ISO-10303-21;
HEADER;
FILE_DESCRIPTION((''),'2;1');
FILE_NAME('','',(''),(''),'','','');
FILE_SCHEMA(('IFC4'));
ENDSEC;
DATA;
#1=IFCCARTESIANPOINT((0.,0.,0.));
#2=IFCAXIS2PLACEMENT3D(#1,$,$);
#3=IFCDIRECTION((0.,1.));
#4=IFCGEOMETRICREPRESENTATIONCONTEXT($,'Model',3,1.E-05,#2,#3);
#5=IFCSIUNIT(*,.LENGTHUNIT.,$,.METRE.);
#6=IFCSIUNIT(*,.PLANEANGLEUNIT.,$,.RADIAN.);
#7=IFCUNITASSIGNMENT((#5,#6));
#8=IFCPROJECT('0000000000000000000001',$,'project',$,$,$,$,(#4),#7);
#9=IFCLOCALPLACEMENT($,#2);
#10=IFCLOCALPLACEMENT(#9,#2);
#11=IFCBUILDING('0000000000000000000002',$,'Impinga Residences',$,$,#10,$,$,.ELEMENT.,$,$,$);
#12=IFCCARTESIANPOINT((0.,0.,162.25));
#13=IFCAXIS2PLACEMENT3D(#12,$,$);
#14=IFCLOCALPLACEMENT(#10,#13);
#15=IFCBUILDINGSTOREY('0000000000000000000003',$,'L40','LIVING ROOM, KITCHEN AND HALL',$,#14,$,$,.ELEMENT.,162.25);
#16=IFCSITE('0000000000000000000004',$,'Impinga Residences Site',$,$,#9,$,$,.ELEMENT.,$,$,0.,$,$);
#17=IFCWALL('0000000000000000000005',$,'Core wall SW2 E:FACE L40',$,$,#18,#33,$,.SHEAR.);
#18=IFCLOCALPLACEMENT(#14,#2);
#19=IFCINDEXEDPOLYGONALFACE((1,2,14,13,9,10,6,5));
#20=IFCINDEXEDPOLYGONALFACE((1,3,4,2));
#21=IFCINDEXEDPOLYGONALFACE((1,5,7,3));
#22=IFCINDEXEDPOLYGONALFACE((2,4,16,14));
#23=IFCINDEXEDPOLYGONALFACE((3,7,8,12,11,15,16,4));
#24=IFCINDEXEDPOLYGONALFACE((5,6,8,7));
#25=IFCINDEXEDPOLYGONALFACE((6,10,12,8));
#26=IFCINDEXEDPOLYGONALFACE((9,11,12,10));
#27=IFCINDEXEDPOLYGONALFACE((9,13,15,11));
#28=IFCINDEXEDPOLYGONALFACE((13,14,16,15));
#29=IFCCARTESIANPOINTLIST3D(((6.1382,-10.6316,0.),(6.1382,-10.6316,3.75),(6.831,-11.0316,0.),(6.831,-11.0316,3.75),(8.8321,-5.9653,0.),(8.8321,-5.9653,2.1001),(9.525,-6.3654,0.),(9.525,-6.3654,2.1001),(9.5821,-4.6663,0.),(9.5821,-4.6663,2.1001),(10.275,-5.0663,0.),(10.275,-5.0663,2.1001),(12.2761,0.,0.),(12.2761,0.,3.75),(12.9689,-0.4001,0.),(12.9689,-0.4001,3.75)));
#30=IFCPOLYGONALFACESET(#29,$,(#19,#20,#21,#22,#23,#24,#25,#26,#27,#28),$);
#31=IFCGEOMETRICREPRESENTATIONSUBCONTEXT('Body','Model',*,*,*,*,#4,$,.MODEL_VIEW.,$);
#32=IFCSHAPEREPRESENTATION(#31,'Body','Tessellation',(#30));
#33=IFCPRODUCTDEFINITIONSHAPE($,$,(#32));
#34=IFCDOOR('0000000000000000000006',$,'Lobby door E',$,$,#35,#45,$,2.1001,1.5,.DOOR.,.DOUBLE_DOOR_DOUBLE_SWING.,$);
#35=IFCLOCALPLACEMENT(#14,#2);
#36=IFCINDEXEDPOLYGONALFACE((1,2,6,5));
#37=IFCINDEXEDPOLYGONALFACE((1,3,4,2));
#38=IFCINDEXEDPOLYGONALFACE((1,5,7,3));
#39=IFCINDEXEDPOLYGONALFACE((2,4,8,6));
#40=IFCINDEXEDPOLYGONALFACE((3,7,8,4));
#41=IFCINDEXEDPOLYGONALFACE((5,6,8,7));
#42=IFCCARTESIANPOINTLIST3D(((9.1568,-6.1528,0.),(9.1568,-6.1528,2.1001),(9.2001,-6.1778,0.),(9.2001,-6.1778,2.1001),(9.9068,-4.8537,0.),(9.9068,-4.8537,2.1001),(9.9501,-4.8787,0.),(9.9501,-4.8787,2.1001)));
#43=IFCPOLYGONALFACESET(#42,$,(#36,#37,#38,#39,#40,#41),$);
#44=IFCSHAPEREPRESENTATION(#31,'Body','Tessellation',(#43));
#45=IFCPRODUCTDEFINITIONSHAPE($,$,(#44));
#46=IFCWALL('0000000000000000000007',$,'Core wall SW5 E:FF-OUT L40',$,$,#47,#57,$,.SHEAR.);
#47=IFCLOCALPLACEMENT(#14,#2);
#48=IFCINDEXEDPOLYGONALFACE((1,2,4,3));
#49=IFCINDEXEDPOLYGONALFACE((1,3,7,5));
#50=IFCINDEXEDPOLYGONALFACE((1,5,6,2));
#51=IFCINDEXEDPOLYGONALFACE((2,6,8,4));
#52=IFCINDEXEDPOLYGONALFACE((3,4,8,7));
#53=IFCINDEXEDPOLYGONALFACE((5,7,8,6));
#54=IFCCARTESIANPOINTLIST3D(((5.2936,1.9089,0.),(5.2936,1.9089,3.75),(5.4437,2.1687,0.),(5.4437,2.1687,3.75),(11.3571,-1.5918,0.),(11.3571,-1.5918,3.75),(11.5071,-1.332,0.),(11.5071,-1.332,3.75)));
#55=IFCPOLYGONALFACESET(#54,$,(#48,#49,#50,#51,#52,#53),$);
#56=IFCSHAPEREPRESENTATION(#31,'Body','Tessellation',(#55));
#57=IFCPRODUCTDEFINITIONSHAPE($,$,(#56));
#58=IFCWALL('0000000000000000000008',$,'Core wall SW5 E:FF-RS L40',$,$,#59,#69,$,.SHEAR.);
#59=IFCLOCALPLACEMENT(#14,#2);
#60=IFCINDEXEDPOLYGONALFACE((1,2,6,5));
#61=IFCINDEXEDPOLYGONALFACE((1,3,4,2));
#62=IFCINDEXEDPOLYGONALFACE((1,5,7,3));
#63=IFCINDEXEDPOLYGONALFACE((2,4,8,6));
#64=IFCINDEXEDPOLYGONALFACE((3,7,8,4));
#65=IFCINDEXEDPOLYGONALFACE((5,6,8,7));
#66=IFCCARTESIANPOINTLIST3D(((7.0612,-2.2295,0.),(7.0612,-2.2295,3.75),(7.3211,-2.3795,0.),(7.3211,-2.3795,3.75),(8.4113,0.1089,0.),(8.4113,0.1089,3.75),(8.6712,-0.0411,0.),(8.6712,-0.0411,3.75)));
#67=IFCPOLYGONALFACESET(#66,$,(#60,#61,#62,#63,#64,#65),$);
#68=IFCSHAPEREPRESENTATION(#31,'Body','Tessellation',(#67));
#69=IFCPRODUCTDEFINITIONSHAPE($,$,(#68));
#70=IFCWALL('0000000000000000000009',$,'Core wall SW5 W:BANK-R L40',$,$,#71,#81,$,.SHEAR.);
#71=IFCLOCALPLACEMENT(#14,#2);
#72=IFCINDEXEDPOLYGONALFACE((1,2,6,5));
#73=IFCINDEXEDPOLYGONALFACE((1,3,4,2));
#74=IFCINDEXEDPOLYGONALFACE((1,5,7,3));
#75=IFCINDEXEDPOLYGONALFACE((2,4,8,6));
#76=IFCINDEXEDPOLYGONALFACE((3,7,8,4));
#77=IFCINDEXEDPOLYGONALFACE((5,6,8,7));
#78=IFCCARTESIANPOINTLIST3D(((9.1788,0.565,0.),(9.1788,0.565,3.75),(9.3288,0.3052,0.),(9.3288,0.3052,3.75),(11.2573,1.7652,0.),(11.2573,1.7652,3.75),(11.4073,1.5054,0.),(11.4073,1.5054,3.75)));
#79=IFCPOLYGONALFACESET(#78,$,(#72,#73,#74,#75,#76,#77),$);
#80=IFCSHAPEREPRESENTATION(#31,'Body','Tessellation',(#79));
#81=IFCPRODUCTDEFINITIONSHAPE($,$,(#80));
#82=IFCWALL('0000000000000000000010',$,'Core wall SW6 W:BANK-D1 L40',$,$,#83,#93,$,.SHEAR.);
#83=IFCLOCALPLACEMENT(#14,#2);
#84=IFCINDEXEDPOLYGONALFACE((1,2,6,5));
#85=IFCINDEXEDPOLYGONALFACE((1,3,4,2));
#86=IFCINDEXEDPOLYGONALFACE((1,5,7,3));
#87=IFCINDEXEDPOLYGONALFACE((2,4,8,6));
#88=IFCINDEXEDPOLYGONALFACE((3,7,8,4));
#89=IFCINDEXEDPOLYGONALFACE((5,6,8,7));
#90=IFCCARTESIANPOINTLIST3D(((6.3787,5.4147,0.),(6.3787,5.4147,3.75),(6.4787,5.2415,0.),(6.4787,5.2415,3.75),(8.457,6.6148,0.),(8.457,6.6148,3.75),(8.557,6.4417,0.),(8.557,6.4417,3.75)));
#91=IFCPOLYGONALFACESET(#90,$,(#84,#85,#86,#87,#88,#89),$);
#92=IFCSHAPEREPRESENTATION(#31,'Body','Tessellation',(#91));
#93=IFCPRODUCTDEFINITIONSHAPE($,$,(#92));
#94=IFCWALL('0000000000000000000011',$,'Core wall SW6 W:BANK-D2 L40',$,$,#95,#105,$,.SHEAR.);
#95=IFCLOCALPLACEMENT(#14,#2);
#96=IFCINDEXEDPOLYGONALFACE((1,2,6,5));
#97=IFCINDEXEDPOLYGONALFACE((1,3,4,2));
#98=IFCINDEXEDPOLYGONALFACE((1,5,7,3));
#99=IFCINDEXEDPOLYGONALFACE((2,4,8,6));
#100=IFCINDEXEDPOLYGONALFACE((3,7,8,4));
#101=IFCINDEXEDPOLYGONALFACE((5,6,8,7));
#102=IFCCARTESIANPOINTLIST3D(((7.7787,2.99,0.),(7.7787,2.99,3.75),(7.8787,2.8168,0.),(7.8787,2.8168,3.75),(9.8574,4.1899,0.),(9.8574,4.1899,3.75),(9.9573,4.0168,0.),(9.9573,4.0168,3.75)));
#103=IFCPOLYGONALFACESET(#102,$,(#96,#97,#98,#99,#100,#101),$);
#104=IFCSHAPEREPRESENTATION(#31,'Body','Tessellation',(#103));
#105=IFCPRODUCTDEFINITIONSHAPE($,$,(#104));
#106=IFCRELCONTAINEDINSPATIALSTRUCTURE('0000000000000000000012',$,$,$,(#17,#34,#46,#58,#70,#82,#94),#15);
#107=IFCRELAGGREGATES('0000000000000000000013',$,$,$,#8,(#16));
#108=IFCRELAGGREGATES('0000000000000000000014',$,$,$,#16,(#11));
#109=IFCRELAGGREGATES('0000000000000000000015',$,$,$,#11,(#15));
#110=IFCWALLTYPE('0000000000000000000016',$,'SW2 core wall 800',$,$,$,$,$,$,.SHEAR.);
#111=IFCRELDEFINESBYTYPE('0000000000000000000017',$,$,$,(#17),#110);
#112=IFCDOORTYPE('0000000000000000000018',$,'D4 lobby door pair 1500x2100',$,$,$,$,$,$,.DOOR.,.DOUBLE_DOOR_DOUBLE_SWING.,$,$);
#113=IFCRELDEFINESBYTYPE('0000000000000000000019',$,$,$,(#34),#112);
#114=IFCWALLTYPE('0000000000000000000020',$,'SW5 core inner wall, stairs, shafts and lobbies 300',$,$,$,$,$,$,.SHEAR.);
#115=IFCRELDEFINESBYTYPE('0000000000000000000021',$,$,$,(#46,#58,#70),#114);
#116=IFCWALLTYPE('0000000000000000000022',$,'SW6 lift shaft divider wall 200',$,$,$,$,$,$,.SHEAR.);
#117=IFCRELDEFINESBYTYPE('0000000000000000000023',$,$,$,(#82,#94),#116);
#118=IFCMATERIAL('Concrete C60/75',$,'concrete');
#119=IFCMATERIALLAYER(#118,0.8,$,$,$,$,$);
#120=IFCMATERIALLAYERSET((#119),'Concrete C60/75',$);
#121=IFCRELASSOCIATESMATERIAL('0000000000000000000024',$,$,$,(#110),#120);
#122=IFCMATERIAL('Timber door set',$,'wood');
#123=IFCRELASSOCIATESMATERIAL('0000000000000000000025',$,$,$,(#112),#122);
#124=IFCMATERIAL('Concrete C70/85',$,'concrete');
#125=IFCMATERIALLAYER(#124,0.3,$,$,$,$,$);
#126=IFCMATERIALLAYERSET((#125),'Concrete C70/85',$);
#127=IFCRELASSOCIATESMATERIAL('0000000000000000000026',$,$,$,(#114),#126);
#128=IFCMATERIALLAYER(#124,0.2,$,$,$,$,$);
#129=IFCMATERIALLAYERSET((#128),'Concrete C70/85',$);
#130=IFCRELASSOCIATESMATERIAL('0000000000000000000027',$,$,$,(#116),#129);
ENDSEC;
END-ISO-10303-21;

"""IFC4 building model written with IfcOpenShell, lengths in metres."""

from ifc_helpers import new_model, si_unit, direction, frame, frame_2d, origin, place, context, subcontext, project, spatial, rectangle, extrude, material, layer, layer_set, type_object, element, fill, save


model = new_model("IFC4")

# Units and contexts
model_context = context("Model", 3, precision=1e-05, world=origin(), true_north=direction((0.0, 1.0)))
body_context = subcontext(model_context, "Body", "Model", "MODEL_VIEW")
ifc_project = project(units=[si_unit("LENGTHUNIT", "METRE"), si_unit("PLANEANGLEUNIT", "RADIAN")], contexts=[model_context])

# Site, building, storey
site_placement = place(None, origin())
site = spatial("IfcSite", under=ifc_project, at=site_placement, Name="Impinga Residences Site", CompositionType="ELEMENT", RefElevation=0.0)
building_placement = place(site_placement, origin())
building = spatial("IfcBuilding", under=site, at=building_placement, Name="Impinga Residences", CompositionType="ELEMENT")
storey_placement = place(building_placement, frame((0.0, 0.0, 162.25)))
storey = spatial("IfcBuildingStorey", under=building, at=storey_placement, Name="L40", Description="LIVING ROOM, KITCHEN AND HALL", CompositionType="ELEMENT", Elevation=162.25)

# Shared definitions
ifc_material_1 = material(Name="Concrete C60/75", Category="concrete")

# Shared definitions
ifc_material_2 = material(Name="Timber door set", Category="wood")

# Wall, opening, door
ifc_layer_1 = layer(ifc_material_1, 0.8)
ifc_layer_set_1 = layer_set([ifc_layer_1], Name="Concrete C60/75")
wall_type_1 = type_object("IfcWallType", Name="SW2 core wall 800", PredefinedType="SHEAR", material=ifc_layer_set_1)
wall_1_placement = place(storey_placement, frame((12.6226, -0.2, 0.0), z_axis=(0.0, 0.0, 1.0), x_axis=(-0.499987, -0.866033, 0.0)))
wall_1 = element("IfcWall", 1, at=wall_1_placement, inside=storey, type_object=wall_type_1, Name="Core wall SW2 E:FACE L40", PredefinedType="SHEAR", context=body_context, shape_type="SweptSolid", body=[
    extrude(rectangle(XDim=12.2761, YDim=0.8, at=frame_2d((6.1382, 0.0))), origin(), (0.0, 0.0, 1.0), 3.75),
])
opening_1_placement = place(wall_1_placement, frame((5.3882, 0.0, 0.0)))
opening_1 = element("IfcOpeningElement", 2, at=opening_1_placement, cuts=wall_1, PredefinedType="OPENING", context=body_context, shape_type="SweptSolid", body=[
    extrude(rectangle(XDim=1.5, YDim=2.1001, at=frame_2d((0.75, 1.05))), frame((0.0, 0.4099, 0.0), z_axis=(0.0, -1.0, 0.0), x_axis=(1.0, 0.0, 0.0)), (0.0, 0.0, 1.0), 0.8201),
])
door_type_1 = type_object("IfcDoorType", Name="D4 lobby door pair 1500x2100", OperationType="DOUBLE_DOOR_DOUBLE_SWING", PredefinedType="DOOR", material=ifc_material_2)
door_1_placement = place(opening_1_placement, origin())
door_1 = element("IfcDoor", 3, at=door_1_placement, inside=storey, type_object=door_type_1, Name="Lobby door E", OperationType="DOUBLE_DOOR_DOUBLE_SWING", OverallHeight=2.1001, OverallWidth=1.5, PredefinedType="DOOR", context=body_context, shape_type="SweptSolid", body=[
    extrude(rectangle(XDim=1.5, YDim=2.1001, at=frame_2d((0.75, 1.05))), frame((0.0, 0.0249, 0.0), z_axis=(0.0, -1.0, 0.0), x_axis=(1.0, 0.0, 0.0)), (0.0, 0.0, 1.0), 0.05),
])
fill(opening_1, door_1)

# Walls
ifc_material_3 = material(Name="Concrete C70/85", Category="concrete")
ifc_layer_2 = layer(ifc_material_3, 0.3)
ifc_layer_set_2 = layer_set([ifc_layer_2], Name="Concrete C70/85")
wall_type_2 = type_object("IfcWallType", Name="SW5 core inner wall, stairs, shafts and lobbies 300", PredefinedType="SHEAR", material=ifc_layer_set_2)
wall_2_placement = place(storey_placement, frame((5.3687, 2.0388, 0.0), z_axis=(0.0, 0.0, 1.0), x_axis=(0.866026, -0.499998, 0.0)))
element("IfcWall", 4, at=wall_2_placement, inside=storey, type_object=wall_type_2, Name="Core wall SW5 E:FF-OUT L40", PredefinedType="SHEAR", context=body_context, shape_type="SweptSolid", body=[
    extrude(rectangle(XDim=7.0015, YDim=0.3, at=frame_2d((3.5007, 0.0))), origin(), (0.0, 0.0, 1.0), 3.75),
])
wall_3_placement = place(storey_placement, frame((8.5413, 0.0339, 0.0), z_axis=(0.0, 0.0, 1.0), x_axis=(-0.500009, -0.86602, 0.0)))
element("IfcWall", 5, at=wall_3_placement, inside=storey, type_object=wall_type_2, Name="Core wall SW5 E:FF-RS L40", PredefinedType="SHEAR", context=body_context, shape_type="SweptSolid", body=[
    extrude(rectangle(XDim=2.7002, YDim=0.3, at=frame_2d((1.3501, 0.0))), origin(), (0.0, 0.0, 1.0), 3.75),
])
wall_4_placement = place(storey_placement, frame((9.2537, 0.4351, 0.0), z_axis=(0.0, 0.0, 1.0), x_axis=(0.866006, 0.500034, 0.0)))
element("IfcWall", 6, at=wall_4_placement, inside=storey, type_object=wall_type_2, Name="Core wall SW5 W:BANK-R L40", PredefinedType="SHEAR", context=body_context, shape_type="SweptSolid", body=[
    extrude(rectangle(XDim=2.4001, YDim=0.3, at=frame_2d((1.2002, 0.0))), origin(), (0.0, 0.0, 1.0), 3.75),
])
ifc_layer_3 = layer(ifc_material_3, 0.2)
ifc_layer_set_3 = layer_set([ifc_layer_3], Name="Concrete C70/85")
wall_type_3 = type_object("IfcWallType", Name="SW6 lift shaft divider wall 200", PredefinedType="SHEAR", material=ifc_layer_set_3)
wall_5_placement = place(storey_placement, frame((6.4287, 5.3281, 0.0), z_axis=(0.0, 0.0, 1.0), x_axis=(0.865981, 0.500078, 0.0)))
element("IfcWall", 7, at=wall_5_placement, inside=storey, type_object=wall_type_3, Name="Core wall SW6 W:BANK-D1 L40", PredefinedType="SHEAR", context=body_context, shape_type="SweptSolid", body=[
    extrude(rectangle(XDim=2.3999, YDim=0.2, at=frame_2d((1.2, 0.0))), origin(), (0.0, 0.0, 1.0), 3.75),
])
wall_6_placement = place(storey_placement, frame((7.8286, 2.9033, 0.0), z_axis=(0.0, 0.0, 1.0), x_axis=(0.86605, 0.499957, 0.0)))
element("IfcWall", 8, at=wall_6_placement, inside=storey, type_object=wall_type_3, Name="Core wall SW6 W:BANK-D2 L40", PredefinedType="SHEAR", context=body_context, shape_type="SweptSolid", body=[
    extrude(rectangle(XDim=2.4001, YDim=0.2, at=frame_2d((1.2002, 0.0))), origin(), (0.0, 0.0, 1.0), 3.75),
])

save(model, "model.ifc")
